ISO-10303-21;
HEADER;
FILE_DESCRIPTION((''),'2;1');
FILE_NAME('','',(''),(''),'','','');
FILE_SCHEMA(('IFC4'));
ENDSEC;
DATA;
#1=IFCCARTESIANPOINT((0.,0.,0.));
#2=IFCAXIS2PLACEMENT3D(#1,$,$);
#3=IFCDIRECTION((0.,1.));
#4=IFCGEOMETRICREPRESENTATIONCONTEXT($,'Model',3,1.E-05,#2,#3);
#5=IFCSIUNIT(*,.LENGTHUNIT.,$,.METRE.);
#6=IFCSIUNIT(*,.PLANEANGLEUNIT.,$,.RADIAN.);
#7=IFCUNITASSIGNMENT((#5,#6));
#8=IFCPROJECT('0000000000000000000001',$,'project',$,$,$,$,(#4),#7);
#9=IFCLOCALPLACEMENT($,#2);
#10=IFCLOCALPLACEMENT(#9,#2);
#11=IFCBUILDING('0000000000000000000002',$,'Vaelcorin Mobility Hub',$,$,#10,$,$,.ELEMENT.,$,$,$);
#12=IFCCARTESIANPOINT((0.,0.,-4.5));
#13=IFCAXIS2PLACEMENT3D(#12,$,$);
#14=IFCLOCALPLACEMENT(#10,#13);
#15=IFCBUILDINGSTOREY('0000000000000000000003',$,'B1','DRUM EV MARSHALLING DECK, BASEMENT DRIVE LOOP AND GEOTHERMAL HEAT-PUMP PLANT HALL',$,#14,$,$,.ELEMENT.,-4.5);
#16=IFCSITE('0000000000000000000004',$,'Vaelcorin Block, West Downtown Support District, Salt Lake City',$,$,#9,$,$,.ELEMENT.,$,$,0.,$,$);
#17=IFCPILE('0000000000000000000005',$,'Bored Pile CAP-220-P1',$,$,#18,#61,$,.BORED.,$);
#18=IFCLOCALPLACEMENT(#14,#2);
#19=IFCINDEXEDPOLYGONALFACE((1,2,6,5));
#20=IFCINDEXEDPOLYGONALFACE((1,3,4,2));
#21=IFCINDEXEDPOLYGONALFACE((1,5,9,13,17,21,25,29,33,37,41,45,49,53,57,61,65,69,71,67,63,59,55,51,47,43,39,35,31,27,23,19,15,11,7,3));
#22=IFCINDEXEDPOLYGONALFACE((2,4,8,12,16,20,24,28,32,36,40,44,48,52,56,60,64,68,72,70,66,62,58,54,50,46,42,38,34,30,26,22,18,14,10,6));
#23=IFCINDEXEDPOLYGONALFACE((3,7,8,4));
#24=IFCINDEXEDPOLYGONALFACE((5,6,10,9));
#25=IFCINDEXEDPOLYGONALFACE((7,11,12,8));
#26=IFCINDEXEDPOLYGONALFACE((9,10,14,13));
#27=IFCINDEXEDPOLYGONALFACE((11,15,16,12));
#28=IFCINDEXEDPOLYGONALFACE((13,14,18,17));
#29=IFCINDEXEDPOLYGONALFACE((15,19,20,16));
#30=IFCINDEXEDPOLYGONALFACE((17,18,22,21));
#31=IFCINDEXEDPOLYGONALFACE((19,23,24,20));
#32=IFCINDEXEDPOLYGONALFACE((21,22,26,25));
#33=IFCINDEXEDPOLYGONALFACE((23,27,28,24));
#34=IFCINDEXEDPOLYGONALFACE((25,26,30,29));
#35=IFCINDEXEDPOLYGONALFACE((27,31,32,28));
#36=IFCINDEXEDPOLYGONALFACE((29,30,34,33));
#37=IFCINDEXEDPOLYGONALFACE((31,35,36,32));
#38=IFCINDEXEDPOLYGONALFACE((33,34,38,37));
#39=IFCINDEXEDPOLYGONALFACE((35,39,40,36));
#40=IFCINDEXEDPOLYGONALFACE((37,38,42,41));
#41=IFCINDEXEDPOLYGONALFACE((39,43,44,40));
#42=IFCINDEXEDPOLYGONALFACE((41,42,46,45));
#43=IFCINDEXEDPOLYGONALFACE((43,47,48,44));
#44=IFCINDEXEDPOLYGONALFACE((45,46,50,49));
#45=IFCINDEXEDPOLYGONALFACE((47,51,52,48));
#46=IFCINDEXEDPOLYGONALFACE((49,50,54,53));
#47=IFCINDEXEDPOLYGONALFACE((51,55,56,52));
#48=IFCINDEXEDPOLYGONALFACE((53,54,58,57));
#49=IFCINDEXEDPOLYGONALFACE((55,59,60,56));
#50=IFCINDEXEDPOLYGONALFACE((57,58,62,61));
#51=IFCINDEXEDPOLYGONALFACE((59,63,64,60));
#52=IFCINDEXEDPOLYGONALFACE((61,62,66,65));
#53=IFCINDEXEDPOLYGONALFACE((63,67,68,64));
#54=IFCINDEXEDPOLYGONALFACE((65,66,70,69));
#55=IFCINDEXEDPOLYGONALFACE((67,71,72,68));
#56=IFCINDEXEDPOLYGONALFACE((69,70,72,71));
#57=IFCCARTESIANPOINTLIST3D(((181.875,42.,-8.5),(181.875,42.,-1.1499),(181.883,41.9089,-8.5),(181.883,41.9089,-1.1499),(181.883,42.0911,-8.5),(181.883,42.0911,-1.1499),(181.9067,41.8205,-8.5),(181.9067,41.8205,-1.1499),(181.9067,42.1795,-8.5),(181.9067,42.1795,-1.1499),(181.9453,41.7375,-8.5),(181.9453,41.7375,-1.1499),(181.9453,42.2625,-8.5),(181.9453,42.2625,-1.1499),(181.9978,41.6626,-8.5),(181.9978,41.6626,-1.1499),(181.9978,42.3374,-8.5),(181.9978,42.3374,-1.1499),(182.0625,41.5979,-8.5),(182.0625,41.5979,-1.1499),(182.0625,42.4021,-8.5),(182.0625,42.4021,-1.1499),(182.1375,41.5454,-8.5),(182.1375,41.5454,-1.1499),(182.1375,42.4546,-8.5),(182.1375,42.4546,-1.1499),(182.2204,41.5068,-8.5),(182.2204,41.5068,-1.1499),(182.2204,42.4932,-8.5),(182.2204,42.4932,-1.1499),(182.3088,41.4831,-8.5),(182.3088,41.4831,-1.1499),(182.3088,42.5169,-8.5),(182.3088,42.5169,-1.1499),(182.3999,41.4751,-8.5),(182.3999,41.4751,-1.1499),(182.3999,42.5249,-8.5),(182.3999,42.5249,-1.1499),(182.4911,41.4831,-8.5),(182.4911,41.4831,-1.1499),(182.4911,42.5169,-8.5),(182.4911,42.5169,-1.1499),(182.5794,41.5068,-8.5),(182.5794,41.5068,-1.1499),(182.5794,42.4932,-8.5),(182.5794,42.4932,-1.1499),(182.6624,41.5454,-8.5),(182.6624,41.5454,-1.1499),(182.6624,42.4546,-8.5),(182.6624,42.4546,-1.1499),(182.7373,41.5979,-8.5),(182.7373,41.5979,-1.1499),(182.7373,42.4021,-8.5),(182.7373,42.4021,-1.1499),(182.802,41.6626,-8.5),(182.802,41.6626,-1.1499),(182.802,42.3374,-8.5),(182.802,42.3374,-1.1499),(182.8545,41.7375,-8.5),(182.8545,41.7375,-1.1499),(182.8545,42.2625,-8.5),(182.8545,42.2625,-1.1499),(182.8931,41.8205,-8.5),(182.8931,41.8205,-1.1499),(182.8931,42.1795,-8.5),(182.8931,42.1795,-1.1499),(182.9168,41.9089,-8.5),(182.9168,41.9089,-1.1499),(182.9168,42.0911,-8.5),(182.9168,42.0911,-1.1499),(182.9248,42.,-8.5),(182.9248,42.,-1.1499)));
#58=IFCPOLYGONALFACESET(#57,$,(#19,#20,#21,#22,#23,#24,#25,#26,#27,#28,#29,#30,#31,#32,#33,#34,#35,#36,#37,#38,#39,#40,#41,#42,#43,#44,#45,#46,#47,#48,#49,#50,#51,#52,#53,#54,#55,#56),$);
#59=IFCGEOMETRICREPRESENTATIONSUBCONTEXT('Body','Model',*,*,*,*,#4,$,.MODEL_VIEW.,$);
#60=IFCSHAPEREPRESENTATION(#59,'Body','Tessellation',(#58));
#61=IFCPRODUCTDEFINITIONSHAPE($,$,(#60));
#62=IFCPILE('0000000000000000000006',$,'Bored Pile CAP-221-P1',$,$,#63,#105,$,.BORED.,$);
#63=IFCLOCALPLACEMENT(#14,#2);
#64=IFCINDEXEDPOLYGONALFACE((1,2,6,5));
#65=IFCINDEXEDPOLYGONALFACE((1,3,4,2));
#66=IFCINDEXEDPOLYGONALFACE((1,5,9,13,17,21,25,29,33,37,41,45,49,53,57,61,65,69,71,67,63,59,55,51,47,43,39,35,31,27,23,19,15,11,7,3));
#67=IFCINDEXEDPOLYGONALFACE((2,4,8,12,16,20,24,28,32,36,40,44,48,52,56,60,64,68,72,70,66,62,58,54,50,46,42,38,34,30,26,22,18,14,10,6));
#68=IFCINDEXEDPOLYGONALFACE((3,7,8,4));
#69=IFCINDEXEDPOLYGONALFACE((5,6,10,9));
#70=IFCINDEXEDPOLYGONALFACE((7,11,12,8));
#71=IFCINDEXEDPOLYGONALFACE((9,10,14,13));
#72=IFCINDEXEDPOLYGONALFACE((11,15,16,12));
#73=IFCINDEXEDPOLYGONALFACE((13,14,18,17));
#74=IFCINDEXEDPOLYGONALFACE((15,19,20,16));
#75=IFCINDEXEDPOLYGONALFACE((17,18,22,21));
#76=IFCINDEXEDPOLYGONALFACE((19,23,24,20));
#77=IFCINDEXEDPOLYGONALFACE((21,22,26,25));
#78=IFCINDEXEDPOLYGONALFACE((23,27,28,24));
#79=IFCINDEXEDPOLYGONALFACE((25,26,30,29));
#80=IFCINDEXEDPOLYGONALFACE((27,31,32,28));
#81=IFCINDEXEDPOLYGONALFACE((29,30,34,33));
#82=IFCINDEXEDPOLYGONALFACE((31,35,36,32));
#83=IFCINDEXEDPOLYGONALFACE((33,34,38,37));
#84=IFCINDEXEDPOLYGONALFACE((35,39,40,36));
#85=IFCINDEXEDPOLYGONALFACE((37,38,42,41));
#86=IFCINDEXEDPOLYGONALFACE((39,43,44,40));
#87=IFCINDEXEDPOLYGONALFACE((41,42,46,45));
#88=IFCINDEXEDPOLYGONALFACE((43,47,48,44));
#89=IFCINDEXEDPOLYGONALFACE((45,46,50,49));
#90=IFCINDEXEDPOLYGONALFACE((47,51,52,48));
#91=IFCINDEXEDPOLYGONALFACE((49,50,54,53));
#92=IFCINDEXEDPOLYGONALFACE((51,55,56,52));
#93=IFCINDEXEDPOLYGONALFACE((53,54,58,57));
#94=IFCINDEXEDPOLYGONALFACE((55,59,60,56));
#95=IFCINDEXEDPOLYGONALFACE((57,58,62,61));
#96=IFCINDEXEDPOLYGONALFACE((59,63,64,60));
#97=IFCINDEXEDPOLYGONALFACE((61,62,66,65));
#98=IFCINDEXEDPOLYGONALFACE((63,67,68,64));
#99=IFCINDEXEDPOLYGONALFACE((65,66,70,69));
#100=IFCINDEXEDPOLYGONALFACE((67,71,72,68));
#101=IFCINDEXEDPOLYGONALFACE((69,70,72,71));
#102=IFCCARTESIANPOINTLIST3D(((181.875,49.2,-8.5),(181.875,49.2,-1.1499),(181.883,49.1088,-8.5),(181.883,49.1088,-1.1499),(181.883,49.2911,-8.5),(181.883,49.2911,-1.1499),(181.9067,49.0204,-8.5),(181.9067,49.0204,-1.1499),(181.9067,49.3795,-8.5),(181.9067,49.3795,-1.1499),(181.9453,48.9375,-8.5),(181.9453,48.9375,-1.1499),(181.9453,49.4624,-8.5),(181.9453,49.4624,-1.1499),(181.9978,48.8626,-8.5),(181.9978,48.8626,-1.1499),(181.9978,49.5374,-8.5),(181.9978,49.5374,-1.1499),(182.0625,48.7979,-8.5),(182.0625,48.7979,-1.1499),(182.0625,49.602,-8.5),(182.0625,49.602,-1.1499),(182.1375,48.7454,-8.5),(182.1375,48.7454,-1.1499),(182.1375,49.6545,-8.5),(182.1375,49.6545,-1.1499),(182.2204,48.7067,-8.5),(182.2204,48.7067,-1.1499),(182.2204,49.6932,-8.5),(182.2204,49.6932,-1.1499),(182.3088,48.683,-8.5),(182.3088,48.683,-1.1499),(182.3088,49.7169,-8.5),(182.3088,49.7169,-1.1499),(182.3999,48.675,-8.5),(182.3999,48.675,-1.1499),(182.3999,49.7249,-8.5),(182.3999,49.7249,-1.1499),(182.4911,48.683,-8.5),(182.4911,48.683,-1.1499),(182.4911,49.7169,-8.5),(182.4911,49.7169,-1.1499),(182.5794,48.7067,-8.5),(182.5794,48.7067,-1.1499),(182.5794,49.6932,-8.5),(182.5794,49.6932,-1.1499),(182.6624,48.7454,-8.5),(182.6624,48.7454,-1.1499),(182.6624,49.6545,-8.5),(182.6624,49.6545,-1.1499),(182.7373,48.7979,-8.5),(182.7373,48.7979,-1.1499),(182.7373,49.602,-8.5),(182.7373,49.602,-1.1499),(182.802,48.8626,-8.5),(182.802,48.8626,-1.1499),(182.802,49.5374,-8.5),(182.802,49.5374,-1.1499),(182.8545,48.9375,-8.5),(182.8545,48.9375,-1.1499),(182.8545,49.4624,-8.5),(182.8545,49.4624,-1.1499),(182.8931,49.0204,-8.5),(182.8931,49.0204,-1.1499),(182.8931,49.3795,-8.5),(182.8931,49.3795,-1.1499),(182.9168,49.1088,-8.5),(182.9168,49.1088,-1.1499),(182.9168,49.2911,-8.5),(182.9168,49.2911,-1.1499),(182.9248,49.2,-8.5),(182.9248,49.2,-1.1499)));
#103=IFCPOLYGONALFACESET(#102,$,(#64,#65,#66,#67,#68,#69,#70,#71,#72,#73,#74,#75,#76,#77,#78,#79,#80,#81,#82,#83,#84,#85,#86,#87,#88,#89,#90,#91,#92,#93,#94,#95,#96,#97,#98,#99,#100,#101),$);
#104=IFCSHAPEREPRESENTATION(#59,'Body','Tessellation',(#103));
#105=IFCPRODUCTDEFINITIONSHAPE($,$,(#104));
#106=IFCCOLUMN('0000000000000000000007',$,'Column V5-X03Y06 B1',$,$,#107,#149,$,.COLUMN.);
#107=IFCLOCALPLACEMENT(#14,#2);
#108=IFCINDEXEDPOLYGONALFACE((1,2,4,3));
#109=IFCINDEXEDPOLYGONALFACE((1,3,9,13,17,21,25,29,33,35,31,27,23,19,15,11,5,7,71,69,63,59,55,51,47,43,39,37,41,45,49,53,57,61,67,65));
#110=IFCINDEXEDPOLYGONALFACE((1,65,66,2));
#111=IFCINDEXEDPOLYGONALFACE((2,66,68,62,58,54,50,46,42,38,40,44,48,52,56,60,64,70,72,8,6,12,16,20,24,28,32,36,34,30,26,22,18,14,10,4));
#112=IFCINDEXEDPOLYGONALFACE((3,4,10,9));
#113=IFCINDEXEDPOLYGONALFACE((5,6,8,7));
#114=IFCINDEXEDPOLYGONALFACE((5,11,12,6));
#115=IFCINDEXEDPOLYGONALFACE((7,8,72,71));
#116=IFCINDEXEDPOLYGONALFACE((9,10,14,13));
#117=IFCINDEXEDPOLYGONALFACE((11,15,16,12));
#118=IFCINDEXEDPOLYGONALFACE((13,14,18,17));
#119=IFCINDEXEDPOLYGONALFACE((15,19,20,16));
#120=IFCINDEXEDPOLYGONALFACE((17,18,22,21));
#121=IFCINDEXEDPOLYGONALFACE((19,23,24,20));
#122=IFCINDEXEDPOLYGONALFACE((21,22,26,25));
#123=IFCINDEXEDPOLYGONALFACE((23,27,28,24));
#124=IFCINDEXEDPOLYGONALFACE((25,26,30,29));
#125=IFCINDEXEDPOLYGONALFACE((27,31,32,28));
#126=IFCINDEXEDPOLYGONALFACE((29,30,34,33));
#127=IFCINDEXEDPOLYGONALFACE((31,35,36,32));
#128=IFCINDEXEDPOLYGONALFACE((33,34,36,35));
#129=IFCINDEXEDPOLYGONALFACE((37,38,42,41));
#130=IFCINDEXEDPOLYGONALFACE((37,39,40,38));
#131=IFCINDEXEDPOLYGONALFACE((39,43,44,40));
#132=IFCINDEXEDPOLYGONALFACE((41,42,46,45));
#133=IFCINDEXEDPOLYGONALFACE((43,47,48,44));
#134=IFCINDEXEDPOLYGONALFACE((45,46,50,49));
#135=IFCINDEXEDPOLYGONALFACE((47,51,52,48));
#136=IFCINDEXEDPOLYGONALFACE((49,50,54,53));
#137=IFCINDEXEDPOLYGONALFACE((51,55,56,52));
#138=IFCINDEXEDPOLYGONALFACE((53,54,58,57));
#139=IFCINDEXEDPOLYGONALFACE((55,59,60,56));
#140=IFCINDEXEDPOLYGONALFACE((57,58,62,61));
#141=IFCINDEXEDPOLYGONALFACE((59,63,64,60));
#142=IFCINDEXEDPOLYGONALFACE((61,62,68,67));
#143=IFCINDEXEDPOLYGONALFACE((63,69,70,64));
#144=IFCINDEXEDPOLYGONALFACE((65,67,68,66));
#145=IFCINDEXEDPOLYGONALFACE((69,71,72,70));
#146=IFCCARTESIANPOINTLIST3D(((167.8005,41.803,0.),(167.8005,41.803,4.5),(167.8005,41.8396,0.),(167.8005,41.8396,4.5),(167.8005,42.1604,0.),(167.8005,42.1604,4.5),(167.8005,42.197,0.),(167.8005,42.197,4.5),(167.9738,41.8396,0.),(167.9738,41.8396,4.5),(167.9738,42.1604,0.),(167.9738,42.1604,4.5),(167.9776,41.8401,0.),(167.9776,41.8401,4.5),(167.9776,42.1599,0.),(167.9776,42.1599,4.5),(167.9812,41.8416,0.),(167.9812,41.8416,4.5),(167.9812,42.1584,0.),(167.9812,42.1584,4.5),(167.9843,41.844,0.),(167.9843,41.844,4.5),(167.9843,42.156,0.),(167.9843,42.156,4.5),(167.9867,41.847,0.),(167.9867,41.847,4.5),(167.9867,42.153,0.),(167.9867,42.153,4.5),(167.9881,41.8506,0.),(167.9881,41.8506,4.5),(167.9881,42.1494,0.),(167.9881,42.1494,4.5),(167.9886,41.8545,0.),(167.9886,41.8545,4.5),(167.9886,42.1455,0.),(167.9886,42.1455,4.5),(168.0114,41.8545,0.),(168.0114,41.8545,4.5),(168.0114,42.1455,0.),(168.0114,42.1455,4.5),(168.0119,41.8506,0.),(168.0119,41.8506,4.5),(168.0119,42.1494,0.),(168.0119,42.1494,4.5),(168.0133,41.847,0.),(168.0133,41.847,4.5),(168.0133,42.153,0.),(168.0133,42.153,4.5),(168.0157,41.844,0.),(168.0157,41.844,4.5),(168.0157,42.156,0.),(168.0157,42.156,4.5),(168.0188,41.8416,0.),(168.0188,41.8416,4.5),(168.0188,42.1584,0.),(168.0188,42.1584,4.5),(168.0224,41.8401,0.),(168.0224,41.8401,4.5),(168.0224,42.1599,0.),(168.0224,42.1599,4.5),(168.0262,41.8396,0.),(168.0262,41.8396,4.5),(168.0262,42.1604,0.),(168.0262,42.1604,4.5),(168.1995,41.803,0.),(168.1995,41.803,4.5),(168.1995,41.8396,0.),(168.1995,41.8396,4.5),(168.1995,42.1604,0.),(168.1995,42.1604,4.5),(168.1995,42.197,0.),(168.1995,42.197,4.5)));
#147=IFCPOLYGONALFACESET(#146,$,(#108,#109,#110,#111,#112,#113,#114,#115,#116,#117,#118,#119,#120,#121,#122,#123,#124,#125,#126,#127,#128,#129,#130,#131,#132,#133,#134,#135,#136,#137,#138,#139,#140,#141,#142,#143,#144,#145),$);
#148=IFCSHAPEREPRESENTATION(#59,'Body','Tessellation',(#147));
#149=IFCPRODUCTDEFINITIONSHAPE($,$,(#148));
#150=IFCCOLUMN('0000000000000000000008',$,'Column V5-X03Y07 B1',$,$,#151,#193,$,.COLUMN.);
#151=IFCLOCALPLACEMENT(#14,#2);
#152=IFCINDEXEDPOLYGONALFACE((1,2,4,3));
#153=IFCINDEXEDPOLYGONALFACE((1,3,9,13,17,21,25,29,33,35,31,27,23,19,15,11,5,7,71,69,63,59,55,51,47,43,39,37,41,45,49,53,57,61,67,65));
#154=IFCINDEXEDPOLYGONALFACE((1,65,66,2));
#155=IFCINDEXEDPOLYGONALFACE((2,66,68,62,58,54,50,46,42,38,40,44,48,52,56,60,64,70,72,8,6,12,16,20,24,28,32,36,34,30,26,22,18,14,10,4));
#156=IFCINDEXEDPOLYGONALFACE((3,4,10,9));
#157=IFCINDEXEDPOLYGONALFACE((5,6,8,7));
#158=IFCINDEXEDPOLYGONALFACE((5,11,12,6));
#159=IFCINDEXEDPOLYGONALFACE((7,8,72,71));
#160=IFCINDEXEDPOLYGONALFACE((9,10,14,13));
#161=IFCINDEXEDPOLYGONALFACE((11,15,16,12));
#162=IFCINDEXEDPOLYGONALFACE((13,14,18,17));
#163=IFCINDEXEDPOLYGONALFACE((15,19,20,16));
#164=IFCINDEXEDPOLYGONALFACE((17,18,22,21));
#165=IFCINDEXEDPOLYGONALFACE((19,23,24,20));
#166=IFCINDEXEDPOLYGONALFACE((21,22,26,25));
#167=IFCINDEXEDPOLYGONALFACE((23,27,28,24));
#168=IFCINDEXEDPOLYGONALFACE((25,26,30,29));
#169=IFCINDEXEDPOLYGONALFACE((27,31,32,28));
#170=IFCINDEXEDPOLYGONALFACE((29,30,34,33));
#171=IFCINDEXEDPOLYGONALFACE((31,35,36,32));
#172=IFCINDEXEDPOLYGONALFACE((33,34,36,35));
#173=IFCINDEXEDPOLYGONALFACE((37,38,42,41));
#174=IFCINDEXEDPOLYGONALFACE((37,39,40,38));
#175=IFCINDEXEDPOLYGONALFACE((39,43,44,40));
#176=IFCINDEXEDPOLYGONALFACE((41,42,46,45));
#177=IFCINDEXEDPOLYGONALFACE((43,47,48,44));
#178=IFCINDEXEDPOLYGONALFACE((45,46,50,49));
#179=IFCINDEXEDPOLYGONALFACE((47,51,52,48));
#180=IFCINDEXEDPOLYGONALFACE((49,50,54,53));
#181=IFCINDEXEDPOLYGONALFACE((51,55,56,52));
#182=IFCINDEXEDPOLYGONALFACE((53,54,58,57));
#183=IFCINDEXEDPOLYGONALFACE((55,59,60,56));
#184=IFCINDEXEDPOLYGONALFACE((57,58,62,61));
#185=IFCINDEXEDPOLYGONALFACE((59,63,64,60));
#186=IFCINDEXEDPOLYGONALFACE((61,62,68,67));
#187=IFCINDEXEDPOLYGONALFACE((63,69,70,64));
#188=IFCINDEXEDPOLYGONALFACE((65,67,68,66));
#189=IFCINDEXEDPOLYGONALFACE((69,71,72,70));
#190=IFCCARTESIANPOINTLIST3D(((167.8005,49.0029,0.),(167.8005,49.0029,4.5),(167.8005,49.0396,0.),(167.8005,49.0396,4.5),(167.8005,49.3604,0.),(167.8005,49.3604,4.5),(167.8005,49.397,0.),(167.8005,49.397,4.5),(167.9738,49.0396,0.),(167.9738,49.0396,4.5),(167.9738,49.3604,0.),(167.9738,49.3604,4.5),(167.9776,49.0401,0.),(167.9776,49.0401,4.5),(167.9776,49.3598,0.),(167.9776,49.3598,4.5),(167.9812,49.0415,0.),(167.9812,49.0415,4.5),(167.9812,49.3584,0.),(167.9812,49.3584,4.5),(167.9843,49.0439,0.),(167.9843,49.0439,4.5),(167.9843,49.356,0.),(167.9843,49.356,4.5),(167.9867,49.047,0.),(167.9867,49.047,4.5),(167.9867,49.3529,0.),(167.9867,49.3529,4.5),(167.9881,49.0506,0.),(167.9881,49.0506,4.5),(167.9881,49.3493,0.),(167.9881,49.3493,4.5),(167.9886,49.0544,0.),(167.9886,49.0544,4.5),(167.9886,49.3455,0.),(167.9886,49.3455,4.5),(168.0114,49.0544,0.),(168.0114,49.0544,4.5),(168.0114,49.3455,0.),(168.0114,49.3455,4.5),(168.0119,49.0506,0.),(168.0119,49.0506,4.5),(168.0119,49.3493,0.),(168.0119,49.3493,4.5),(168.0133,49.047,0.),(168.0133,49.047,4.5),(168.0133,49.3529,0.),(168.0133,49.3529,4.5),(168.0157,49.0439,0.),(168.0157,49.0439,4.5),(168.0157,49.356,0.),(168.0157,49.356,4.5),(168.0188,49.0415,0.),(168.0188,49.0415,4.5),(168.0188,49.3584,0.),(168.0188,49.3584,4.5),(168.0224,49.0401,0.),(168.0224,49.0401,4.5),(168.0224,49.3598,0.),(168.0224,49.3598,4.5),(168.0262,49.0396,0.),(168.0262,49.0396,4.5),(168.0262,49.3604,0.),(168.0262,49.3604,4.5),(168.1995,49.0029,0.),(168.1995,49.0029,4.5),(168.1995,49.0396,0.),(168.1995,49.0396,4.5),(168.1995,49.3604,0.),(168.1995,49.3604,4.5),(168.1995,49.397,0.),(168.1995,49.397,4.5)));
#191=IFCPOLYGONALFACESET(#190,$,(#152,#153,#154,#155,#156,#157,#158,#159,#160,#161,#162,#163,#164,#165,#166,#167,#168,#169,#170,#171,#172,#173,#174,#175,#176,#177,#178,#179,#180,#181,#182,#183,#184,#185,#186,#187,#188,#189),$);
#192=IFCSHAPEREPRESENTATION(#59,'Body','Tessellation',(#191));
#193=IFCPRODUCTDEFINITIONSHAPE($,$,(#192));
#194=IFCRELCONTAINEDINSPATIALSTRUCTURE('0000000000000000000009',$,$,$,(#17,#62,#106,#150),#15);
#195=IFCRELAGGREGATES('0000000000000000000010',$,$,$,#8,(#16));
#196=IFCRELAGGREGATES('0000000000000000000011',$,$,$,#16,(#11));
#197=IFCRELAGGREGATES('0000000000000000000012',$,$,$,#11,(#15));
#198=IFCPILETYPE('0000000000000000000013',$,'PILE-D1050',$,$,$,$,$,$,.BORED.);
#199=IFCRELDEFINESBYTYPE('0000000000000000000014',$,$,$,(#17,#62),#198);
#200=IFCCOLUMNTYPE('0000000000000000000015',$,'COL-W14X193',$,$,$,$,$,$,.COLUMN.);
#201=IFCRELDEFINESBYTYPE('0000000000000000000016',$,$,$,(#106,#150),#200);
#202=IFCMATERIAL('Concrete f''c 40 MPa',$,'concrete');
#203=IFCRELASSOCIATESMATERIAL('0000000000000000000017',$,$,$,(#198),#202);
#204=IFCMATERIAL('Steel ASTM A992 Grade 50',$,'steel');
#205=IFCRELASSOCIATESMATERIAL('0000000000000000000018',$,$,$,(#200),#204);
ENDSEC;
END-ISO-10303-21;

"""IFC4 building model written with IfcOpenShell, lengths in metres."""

from ifc_helpers import new_model, si_unit, direction, frame, origin, origin_2d, place, context, subcontext, project, spatial, circle, i_section, extrude, material, material_profile, profile_set, type_object, element, save


model = new_model("IFC4")

# Units and contexts
model_context = context("Model", 3, precision=1e-05, world=origin(), true_north=direction((0.0, 1.0)))
body_context = subcontext(model_context, "Body", "Model", "MODEL_VIEW")
ifc_project = project(units=[si_unit("LENGTHUNIT", "METRE"), si_unit("PLANEANGLEUNIT", "RADIAN")], contexts=[model_context])

# Site, building, storey
site_placement = place(None, origin())
site = spatial("IfcSite", under=ifc_project, at=site_placement, Name="Vaelcorin Block, West Downtown Support District, Salt Lake City", CompositionType="ELEMENT", RefElevation=0.0)
building_placement = place(site_placement, origin())
building = spatial("IfcBuilding", under=site, at=building_placement, Name="Vaelcorin Mobility Hub", CompositionType="ELEMENT")
storey_placement = place(building_placement, frame((0.0, 0.0, -4.5)))
storey = spatial("IfcBuildingStorey", under=building, at=storey_placement, Name="B1", Description="DRUM EV MARSHALLING DECK, BASEMENT DRIVE LOOP AND GEOTHERMAL HEAT-PUMP PLANT HALL", CompositionType="ELEMENT", Elevation=-4.5)

# Shared definitions
ifc_material_1 = material(Name="Concrete f'c 40 MPa", Category="concrete")

# Piles
ifc_material_profile_1 = material_profile(ifc_material_1, circle(Radius=0.5249, at=origin_2d()), Name="BP-D1050")
ifc_profile_set_1 = profile_set([ifc_material_profile_1], Name="Concrete f'c 40 MPa")
pile_type = type_object("IfcPileType", Name="PILE-D1050", PredefinedType="BORED", material=ifc_profile_set_1)
for number, where, z_axis, x_axis, name in (
    (1, (182.3999, 42.0, -1.1499), (0.0, 0.0, -1.0), (1.0, 0.0, 0.0), "Bored Pile CAP-220-P1"),
    (2, (182.3999, 49.2, -1.1499), (0.0, 0.0, -1.0), (1.0, 0.0, 0.0), "Bored Pile CAP-221-P1"),
):
    element("IfcPile", number, at=place(storey_placement, frame(where, z_axis=z_axis, x_axis=x_axis)), inside=storey, type_object=pile_type, Name=name, PredefinedType="BORED", context=body_context, shape_type="SweptSolid", body=[
        extrude(circle(Radius=0.5249, at=origin_2d()), origin(), (0.0, 0.0, 1.0), 7.3501),
    ])

# Columns
ifc_material_2 = material(Name="Steel ASTM A992 Grade 50", Category="steel")
ifc_material_profile_2 = material_profile(ifc_material_2, i_section(OverallWidth=0.3989, OverallDepth=0.394, WebThickness=0.0227, FlangeThickness=0.0366, FilletRadius=0.0149, at=origin_2d()), Name="W14X193")
ifc_profile_set_2 = profile_set([ifc_material_profile_2], Name="Steel ASTM A992 Grade 50")
column_type = type_object("IfcColumnType", Name="COL-W14X193", PredefinedType="COLUMN", material=ifc_profile_set_2)
for number, where, z_axis, x_axis, name in (
    (3, (168.0, 42.0, 0.0), (0.0, 0.0, 1.0), (1.0, 0.0, 0.0), "Column V5-X03Y06 B1"),
    (4, (168.0, 49.2, 0.0), (0.0, 0.0, 1.0), (1.0, 0.0, 0.0), "Column V5-X03Y07 B1"),
):
    element("IfcColumn", number, at=place(storey_placement, frame(where, z_axis=z_axis, x_axis=x_axis)), inside=storey, type_object=column_type, Name=name, PredefinedType="COLUMN", context=body_context, shape_type="SweptSolid", body=[
        extrude(i_section(OverallWidth=0.3989, OverallDepth=0.394, WebThickness=0.0227, FlangeThickness=0.0366, FilletRadius=0.0149, at=origin_2d()), origin(), (0.0, 0.0, 1.0), 4.5),
    ])

save(model, "model.ifc")
